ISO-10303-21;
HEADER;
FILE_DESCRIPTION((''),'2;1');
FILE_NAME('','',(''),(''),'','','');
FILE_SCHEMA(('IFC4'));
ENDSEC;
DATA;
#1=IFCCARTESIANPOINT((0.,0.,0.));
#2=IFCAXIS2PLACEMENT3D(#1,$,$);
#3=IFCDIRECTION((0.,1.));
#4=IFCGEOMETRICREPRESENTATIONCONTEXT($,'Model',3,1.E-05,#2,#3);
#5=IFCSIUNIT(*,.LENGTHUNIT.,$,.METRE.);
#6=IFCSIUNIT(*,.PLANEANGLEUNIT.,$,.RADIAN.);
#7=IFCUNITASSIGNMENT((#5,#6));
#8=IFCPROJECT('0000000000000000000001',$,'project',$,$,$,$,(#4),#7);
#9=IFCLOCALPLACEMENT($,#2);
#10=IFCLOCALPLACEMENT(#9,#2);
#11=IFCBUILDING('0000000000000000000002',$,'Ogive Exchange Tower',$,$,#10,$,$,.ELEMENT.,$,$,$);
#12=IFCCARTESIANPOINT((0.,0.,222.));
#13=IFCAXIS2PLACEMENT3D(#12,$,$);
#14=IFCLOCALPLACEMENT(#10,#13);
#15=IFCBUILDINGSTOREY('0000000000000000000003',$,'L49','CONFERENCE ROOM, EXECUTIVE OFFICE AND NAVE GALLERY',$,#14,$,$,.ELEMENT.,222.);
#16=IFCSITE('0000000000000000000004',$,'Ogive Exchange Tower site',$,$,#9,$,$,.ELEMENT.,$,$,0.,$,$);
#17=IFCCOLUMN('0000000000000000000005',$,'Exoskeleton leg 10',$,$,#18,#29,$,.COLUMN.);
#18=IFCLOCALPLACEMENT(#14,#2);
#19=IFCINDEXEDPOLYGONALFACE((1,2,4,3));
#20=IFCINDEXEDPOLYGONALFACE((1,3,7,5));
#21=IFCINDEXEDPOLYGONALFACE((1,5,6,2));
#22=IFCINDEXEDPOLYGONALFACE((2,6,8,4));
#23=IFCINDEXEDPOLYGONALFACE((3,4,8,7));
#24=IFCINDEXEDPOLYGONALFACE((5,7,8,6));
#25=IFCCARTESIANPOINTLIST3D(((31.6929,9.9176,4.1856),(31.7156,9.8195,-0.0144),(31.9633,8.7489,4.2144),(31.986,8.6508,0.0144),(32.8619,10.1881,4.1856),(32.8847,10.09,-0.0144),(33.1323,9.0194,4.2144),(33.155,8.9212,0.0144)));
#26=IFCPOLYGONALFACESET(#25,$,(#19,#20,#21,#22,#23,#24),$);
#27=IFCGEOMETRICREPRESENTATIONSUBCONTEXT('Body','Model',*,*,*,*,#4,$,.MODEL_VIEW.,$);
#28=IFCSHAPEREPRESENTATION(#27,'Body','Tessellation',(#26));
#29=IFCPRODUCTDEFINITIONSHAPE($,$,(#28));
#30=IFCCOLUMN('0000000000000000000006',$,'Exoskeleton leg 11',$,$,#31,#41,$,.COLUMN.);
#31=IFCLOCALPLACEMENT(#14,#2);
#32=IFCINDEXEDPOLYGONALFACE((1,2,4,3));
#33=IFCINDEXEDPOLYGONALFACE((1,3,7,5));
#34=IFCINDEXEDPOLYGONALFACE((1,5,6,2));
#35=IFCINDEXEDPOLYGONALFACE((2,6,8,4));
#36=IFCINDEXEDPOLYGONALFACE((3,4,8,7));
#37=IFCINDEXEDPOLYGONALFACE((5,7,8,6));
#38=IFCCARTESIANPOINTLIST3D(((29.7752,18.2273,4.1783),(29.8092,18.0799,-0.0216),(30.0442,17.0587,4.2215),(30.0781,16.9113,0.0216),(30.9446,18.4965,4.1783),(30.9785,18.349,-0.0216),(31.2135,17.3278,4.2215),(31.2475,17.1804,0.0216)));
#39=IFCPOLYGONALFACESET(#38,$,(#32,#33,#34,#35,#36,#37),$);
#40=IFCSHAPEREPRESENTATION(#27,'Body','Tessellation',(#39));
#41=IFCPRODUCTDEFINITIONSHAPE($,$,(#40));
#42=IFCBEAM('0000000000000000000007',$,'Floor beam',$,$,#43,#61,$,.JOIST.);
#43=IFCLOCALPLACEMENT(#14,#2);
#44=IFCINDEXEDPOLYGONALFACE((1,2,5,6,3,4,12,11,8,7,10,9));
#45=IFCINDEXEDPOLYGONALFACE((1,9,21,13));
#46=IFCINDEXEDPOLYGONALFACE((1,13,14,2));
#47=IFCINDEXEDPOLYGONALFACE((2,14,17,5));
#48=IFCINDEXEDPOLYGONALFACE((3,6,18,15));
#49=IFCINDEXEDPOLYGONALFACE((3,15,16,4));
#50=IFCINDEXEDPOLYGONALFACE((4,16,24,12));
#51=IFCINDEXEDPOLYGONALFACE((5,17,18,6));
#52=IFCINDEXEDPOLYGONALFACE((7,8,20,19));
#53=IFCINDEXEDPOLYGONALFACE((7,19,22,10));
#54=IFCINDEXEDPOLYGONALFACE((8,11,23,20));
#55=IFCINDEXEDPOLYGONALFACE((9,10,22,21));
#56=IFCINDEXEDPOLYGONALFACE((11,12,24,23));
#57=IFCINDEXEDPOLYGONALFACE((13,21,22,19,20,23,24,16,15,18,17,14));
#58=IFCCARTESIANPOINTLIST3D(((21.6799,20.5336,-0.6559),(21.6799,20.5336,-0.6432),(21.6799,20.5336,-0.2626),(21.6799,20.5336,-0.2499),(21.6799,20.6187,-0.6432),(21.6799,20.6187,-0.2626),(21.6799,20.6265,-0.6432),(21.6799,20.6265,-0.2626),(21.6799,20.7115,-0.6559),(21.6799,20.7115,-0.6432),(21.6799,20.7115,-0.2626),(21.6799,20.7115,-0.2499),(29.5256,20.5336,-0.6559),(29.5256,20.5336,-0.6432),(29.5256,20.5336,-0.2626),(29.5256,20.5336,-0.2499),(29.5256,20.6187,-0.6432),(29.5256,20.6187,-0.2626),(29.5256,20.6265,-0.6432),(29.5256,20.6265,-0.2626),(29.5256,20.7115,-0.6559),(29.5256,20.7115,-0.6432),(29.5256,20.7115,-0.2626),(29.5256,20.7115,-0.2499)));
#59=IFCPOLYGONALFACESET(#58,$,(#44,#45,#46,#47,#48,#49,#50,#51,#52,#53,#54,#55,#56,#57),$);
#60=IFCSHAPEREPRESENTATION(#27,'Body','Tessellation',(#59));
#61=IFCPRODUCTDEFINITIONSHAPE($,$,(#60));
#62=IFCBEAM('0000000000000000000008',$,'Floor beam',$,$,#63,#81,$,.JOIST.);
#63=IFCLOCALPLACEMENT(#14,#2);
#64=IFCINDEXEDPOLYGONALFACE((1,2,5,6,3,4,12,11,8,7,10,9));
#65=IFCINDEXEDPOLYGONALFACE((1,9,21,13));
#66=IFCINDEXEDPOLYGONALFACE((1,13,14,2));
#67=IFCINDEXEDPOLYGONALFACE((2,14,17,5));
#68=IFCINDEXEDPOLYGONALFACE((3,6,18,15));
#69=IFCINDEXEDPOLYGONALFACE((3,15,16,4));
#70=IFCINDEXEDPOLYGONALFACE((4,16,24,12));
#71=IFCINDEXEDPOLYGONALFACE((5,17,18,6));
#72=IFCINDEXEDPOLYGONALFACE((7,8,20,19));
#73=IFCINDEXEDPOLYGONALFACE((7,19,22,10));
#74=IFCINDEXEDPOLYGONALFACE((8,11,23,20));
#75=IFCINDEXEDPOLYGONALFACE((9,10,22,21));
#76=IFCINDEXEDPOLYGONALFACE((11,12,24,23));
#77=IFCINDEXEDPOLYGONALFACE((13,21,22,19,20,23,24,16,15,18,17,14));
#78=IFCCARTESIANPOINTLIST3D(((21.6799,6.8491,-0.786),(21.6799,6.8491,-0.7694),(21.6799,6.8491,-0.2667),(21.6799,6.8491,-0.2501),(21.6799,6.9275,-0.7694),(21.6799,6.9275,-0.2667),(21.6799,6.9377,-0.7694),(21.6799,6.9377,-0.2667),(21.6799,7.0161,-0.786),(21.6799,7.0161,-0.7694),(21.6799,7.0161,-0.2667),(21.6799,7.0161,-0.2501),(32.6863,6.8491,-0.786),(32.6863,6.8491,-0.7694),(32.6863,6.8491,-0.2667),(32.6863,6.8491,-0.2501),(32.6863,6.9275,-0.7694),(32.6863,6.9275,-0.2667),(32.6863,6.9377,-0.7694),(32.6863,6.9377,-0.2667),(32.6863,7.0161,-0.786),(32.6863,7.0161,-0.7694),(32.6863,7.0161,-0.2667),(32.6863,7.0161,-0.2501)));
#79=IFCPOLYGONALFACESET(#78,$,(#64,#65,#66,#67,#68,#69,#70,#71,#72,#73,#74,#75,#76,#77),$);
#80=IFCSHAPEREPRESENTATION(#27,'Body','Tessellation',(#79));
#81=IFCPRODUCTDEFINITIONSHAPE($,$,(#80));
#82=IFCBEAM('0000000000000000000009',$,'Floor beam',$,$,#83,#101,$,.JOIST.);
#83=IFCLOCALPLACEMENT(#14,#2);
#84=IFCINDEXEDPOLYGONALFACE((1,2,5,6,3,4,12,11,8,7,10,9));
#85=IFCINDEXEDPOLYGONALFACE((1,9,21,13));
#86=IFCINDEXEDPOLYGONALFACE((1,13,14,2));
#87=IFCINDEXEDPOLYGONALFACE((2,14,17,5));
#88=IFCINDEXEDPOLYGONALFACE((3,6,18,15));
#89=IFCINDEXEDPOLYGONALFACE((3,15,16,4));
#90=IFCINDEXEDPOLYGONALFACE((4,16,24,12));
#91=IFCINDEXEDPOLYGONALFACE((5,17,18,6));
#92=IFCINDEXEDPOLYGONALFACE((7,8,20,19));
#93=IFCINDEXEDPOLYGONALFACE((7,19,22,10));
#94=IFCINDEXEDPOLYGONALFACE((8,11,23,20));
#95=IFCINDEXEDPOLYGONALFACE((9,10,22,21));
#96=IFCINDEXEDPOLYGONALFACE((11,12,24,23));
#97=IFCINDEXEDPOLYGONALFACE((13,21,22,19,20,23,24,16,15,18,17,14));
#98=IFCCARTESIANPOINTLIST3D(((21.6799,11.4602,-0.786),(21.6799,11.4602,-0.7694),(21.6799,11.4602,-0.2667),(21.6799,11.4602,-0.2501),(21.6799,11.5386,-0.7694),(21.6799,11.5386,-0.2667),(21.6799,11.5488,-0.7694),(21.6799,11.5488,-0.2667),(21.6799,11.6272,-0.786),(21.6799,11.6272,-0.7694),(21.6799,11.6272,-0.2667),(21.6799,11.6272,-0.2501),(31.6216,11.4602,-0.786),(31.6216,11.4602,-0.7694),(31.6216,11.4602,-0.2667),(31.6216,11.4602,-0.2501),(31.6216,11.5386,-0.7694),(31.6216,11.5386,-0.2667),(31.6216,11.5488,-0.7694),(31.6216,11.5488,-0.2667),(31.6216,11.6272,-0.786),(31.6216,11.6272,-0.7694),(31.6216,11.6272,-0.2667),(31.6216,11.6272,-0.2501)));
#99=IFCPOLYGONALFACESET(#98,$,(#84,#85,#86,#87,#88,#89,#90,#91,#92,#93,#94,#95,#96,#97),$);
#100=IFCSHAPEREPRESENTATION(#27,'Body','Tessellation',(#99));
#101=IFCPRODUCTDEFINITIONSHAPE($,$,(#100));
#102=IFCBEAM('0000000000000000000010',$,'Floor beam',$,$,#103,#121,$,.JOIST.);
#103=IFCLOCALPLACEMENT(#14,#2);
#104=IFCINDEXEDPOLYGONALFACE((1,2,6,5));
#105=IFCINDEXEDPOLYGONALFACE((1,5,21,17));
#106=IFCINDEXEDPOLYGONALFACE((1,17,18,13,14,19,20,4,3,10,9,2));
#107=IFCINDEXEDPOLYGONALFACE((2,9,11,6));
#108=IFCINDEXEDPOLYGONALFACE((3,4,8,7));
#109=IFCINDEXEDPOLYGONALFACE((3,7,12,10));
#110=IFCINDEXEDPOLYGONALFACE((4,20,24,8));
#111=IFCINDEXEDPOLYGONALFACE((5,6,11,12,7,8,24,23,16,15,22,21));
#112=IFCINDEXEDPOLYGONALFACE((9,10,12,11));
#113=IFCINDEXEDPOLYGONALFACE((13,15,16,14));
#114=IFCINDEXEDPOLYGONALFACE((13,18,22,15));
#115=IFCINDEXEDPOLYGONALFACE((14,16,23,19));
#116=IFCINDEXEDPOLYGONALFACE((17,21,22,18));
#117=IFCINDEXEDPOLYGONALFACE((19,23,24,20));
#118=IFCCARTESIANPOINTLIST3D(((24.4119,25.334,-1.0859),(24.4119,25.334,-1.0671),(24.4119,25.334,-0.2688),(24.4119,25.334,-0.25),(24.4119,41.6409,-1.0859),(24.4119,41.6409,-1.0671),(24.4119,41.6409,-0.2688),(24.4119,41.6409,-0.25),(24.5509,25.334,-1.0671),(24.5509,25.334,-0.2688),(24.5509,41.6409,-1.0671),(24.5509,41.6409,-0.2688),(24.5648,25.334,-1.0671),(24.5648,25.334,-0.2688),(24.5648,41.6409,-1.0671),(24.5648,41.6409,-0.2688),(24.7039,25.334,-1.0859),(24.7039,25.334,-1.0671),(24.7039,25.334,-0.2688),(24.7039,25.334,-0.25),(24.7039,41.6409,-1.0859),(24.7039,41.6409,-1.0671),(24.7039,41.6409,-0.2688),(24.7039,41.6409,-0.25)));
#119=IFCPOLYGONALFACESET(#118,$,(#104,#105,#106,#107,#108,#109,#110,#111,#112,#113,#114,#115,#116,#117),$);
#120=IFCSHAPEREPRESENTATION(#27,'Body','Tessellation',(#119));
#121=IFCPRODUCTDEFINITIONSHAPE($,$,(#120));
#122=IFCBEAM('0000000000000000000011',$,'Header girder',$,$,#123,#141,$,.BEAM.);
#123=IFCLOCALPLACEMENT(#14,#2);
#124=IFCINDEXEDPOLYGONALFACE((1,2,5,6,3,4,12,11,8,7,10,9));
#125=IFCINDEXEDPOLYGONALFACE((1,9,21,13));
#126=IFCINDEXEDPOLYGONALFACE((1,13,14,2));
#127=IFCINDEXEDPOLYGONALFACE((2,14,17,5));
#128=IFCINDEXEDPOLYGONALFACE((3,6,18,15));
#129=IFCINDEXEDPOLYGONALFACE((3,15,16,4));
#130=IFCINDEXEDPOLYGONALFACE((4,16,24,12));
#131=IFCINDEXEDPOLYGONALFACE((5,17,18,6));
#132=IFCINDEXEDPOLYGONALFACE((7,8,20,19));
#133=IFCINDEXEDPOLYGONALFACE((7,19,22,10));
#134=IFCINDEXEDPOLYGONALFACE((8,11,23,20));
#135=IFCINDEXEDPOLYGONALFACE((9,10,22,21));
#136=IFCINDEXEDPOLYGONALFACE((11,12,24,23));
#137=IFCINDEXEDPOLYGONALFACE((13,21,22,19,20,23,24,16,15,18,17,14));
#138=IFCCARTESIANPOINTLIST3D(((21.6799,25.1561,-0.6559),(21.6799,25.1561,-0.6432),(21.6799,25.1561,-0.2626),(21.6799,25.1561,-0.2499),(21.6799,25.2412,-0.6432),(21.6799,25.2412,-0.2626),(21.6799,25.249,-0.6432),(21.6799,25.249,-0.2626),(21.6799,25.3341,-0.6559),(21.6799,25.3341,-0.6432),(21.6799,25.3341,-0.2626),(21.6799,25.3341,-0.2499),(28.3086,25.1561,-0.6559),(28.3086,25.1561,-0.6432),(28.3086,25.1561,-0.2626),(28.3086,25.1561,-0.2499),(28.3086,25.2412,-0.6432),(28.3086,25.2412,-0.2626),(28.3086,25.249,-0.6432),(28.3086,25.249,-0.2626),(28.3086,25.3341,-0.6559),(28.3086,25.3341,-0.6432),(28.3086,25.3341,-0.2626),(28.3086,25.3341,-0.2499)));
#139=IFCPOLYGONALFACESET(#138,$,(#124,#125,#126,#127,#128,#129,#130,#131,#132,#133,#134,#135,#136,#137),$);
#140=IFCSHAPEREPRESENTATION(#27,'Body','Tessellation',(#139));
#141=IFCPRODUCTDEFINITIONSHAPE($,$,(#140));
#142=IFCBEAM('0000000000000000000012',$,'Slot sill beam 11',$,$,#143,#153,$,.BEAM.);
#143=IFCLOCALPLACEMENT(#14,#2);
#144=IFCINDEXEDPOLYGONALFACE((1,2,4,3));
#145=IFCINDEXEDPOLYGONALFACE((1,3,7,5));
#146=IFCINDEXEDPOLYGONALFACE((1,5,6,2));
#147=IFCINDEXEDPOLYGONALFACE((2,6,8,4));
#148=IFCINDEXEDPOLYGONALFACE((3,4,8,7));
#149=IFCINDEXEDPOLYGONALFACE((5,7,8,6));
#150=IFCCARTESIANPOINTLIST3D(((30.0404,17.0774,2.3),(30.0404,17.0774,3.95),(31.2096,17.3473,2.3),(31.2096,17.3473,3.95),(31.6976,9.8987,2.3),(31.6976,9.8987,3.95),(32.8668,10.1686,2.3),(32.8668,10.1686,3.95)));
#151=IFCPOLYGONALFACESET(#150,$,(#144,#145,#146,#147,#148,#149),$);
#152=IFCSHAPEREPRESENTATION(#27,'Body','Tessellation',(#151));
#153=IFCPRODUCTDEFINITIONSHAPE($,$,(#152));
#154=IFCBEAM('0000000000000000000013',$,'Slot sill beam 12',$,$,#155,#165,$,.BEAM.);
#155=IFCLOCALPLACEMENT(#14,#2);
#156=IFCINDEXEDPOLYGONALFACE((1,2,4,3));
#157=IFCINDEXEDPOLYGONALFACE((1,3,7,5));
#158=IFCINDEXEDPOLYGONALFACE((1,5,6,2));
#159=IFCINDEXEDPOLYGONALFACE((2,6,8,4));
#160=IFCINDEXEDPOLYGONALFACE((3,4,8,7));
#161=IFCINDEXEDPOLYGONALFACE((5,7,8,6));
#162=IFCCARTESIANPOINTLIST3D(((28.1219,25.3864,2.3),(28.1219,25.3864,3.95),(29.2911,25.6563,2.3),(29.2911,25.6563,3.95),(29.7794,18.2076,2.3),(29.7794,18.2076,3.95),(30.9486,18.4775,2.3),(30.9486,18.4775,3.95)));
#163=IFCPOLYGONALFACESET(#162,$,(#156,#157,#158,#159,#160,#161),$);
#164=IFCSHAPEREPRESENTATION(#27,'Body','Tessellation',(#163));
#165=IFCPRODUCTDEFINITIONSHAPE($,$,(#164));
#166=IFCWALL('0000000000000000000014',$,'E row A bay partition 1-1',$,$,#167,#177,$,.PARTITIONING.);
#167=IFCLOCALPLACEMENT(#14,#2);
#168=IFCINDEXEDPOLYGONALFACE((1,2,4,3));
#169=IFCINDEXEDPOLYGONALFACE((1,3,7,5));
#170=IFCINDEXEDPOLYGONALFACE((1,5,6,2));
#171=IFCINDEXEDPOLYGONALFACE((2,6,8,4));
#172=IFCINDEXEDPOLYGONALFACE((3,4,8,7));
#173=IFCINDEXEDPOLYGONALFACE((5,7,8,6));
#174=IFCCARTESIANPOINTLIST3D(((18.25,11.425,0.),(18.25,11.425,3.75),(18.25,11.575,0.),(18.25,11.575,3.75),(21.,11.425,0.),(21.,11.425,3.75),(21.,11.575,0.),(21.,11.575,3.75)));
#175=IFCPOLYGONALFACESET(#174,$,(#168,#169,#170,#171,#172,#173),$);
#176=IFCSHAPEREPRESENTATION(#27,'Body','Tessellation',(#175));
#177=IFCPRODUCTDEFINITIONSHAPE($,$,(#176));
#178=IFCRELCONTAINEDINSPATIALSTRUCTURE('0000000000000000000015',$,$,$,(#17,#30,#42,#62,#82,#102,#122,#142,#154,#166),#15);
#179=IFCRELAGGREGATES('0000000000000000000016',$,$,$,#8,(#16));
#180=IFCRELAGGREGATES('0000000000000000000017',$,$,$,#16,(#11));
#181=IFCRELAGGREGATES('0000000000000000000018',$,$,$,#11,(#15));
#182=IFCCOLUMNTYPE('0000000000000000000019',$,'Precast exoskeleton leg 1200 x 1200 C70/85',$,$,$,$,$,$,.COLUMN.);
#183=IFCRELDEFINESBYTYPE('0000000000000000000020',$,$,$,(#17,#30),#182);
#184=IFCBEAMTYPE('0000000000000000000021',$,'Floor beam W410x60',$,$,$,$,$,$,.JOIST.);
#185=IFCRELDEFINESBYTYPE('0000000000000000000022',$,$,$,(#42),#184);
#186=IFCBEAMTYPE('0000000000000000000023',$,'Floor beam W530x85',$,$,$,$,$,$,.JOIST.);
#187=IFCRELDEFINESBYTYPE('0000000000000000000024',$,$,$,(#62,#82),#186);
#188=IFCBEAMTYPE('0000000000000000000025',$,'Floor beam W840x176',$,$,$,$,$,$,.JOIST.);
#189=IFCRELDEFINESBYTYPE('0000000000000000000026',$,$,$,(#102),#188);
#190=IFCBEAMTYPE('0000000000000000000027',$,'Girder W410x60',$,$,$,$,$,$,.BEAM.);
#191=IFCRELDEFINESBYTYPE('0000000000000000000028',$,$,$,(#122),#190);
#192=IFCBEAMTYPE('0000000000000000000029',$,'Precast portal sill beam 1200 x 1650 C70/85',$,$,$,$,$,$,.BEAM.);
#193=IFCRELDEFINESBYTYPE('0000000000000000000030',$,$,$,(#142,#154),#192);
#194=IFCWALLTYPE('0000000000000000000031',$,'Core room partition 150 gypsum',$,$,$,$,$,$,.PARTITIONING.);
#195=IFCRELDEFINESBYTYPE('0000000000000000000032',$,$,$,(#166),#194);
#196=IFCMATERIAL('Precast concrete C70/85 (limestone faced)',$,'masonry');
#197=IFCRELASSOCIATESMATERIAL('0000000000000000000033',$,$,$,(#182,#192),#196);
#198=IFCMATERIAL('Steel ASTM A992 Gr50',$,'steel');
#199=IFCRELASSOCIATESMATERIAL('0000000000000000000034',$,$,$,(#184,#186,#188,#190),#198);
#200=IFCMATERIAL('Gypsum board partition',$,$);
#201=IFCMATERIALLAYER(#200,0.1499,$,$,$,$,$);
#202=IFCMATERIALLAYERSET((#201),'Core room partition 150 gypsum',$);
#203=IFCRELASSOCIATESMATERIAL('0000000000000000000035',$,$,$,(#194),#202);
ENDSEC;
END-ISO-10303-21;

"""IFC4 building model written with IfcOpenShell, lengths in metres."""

from ifc_helpers import new_model, si_unit, direction, frame, frame_2d, origin, origin_2d, place, context, subcontext, project, spatial, rectangle, i_section, extrude, material, layer, layer_set, material_profile, profile_set, type_object, element, save


model = new_model("IFC4")

# Units and contexts
model_context = context("Model", 3, precision=1e-05, world=origin(), true_north=direction((0.0, 1.0)))
body_context = subcontext(model_context, "Body", "Model", "MODEL_VIEW")
ifc_project = project(units=[si_unit("LENGTHUNIT", "METRE"), si_unit("PLANEANGLEUNIT", "RADIAN")], contexts=[model_context])

# Site, building, storey
site_placement = place(None, origin())
site = spatial("IfcSite", under=ifc_project, at=site_placement, Name="Ogive Exchange Tower site", CompositionType="ELEMENT", RefElevation=0.0)
building_placement = place(site_placement, origin())
building = spatial("IfcBuilding", under=site, at=building_placement, Name="Ogive Exchange Tower", CompositionType="ELEMENT")
storey_placement = place(building_placement, frame((0.0, 0.0, 222.0)))
storey = spatial("IfcBuildingStorey", under=building, at=storey_placement, Name="L49", Description="CONFERENCE ROOM, EXECUTIVE OFFICE AND NAVE GALLERY", CompositionType="ELEMENT", Elevation=222.0)

# Columns
ifc_material_1 = material(Name="Precast concrete C70/85 (limestone faced)", Category="masonry")
ifc_material_profile_1 = material_profile(ifc_material_1, rectangle(XDim=1.2, YDim=1.2, at=origin_2d()), Name="1200 x 1200")
ifc_profile_set_1 = profile_set([ifc_material_profile_1], Name="Precast concrete C70/85 (limestone faced)")
column_type = type_object("IfcColumnType", Name="Precast exoskeleton leg 1200 x 1200 C70/85", PredefinedType="COLUMN", material=ifc_profile_set_1)
column_1_placement = place(storey_placement, frame((32.4353, 9.3704, 0.0), z_axis=(-0.005404, 0.023361, 0.999712), x_axis=(-0.974269, -0.22539, 0.0)))
element("IfcColumn", 1, at=column_1_placement, inside=storey, type_object=column_type, Name="Exoskeleton leg 10", PredefinedType="COLUMN", context=body_context, shape_type="SweptSolid", body=[
    extrude(rectangle(XDim=1.2, YDim=1.2, at=origin_2d()), origin(), (0.0, 0.0, 1.0), 4.2012),
])
column_2_placement = place(storey_placement, frame((30.5283, 17.6301, 0.0), z_axis=(-0.008075, 0.035087, 0.999352), x_axis=(-0.974527, -0.22427, 0.0)))
element("IfcColumn", 2, at=column_2_placement, inside=storey, type_object=column_type, Name="Exoskeleton leg 11", PredefinedType="COLUMN", context=body_context, shape_type="SweptSolid", body=[
    extrude(rectangle(XDim=1.2, YDim=1.2, at=origin_2d()), origin(), (0.0, 0.0, 1.0), 4.2026),
])

# Beams
ifc_material_2 = material(Name="Steel ASTM A992 Gr50", Category="steel")
ifc_material_profile_2 = material_profile(ifc_material_2, i_section(OverallWidth=0.178, OverallDepth=0.406, WebThickness=0.0078, FlangeThickness=0.0127, at=origin_2d()), Name="W410x60")
ifc_profile_set_2 = profile_set([ifc_material_profile_2], Name="Steel ASTM A992 Gr50")
beam_type_1 = type_object("IfcBeamType", Name="Floor beam W410x60", PredefinedType="JOIST", material=ifc_profile_set_2)
beam_1_placement = place(storey_placement, frame((21.6799, 20.6226, -0.4529), z_axis=(1.0, 0.0, 0.0), x_axis=(0.0, 1.0, 0.0)))
element("IfcBeam", 3, at=beam_1_placement, inside=storey, type_object=beam_type_1, Name="Floor beam", PredefinedType="JOIST", context=body_context, shape_type="SweptSolid", body=[
    extrude(i_section(OverallWidth=0.178, OverallDepth=0.406, WebThickness=0.0078, FlangeThickness=0.0127, at=origin_2d()), origin(), (0.0, 0.0, 1.0), 7.8457),
])
ifc_material_profile_3 = material_profile(ifc_material_2, i_section(OverallWidth=0.167, OverallDepth=0.5359, WebThickness=0.0103, FlangeThickness=0.0166, at=origin_2d()), Name="W530x85")
ifc_profile_set_3 = profile_set([ifc_material_profile_3], Name="Steel ASTM A992 Gr50")
beam_type_2 = type_object("IfcBeamType", Name="Floor beam W530x85", PredefinedType="JOIST", material=ifc_profile_set_3)
beam_2_placement = place(storey_placement, frame((21.6799, 6.9326, -0.5181), z_axis=(1.0, 0.0, 0.0), x_axis=(0.0, 1.0, 0.0)))
element("IfcBeam", 4, at=beam_2_placement, inside=storey, type_object=beam_type_2, Name="Floor beam", PredefinedType="JOIST", context=body_context, shape_type="SweptSolid", body=[
    extrude(i_section(OverallWidth=0.167, OverallDepth=0.5359, WebThickness=0.0103, FlangeThickness=0.0166, at=origin_2d()), origin(), (0.0, 0.0, 1.0), 11.0063),
])
beam_3_placement = place(storey_placement, frame((21.6799, 11.5437, -0.5181), z_axis=(1.0, 0.0, 0.0), x_axis=(0.0, 1.0, 0.0)))
element("IfcBeam", 5, at=beam_3_placement, inside=storey, type_object=beam_type_2, Name="Floor beam", PredefinedType="JOIST", context=body_context, shape_type="SweptSolid", body=[
    extrude(i_section(OverallWidth=0.167, OverallDepth=0.5359, WebThickness=0.0103, FlangeThickness=0.0166, at=origin_2d()), origin(), (0.0, 0.0, 1.0), 9.9417),
])
ifc_material_profile_4 = material_profile(ifc_material_2, i_section(OverallWidth=0.292, OverallDepth=0.8359, WebThickness=0.0139, FlangeThickness=0.0188, at=origin_2d()), Name="W840x176")
ifc_profile_set_4 = profile_set([ifc_material_profile_4], Name="Steel ASTM A992 Gr50")
beam_type_3 = type_object("IfcBeamType", Name="Floor beam W840x176", PredefinedType="JOIST", material=ifc_profile_set_4)
beam_4_placement = place(storey_placement, frame((24.5579, 25.334, -0.668), z_axis=(0.0, 1.0, 0.0), x_axis=(-1.0, 0.0, 0.0)))
element("IfcBeam", 6, at=beam_4_placement, inside=storey, type_object=beam_type_3, Name="Floor beam", PredefinedType="JOIST", context=body_context, shape_type="SweptSolid", body=[
    extrude(i_section(OverallWidth=0.292, OverallDepth=0.8359, WebThickness=0.0139, FlangeThickness=0.0188, at=origin_2d()), origin(), (0.0, 0.0, 1.0), 16.3069),
])
ifc_material_profile_5 = material_profile(ifc_material_2, i_section(OverallWidth=0.178, OverallDepth=0.406, WebThickness=0.0078, FlangeThickness=0.0127, at=origin_2d()), Name="W410x60")
ifc_profile_set_5 = profile_set([ifc_material_profile_5], Name="Steel ASTM A992 Gr50")
beam_type_4 = type_object("IfcBeamType", Name="Girder W410x60", PredefinedType="BEAM", material=ifc_profile_set_5)
beam_5_placement = place(storey_placement, frame((21.6799, 25.2451, -0.4529), z_axis=(1.0, 0.0, 0.0), x_axis=(0.0, 1.0, 0.0)))
element("IfcBeam", 7, at=beam_5_placement, inside=storey, type_object=beam_type_4, Name="Header girder", PredefinedType="BEAM", context=body_context, shape_type="SweptSolid", body=[
    extrude(i_section(OverallWidth=0.178, OverallDepth=0.406, WebThickness=0.0078, FlangeThickness=0.0127, at=origin_2d()), origin(), (0.0, 0.0, 1.0), 6.6287),
])
ifc_material_profile_6 = material_profile(ifc_material_1, rectangle(XDim=1.2, YDim=1.6499, at=origin_2d()), Name="1200 x 1650")
ifc_profile_set_6 = profile_set([ifc_material_profile_6], Name="Precast concrete C70/85 (limestone faced)")
beam_type_5 = type_object("IfcBeamType", Name="Precast portal sill beam 1200 x 1650 C70/85", PredefinedType="BEAM", material=ifc_profile_set_6)
beam_6_placement = place(storey_placement, frame((32.2822, 10.0337, 3.125), z_axis=(-0.224937, 0.974373, 0.0), x_axis=(-0.974373, -0.224937, 0.0)))
element("IfcBeam", 8, at=beam_6_placement, inside=storey, type_object=beam_type_5, Name="Slot sill beam 11", PredefinedType="BEAM", context=body_context, shape_type="SweptSolid", body=[
    extrude(rectangle(XDim=1.2, YDim=1.6499, at=origin_2d()), origin(), (0.0, 0.0, 1.0), 7.3674),
])
beam_7_placement = place(storey_placement, frame((30.364, 18.3425, 3.125), z_axis=(-0.224968, 0.974366, 0.0), x_axis=(-0.974366, -0.224968, 0.0)))
element("IfcBeam", 9, at=beam_7_placement, inside=storey, type_object=beam_type_5, Name="Slot sill beam 12", PredefinedType="BEAM", context=body_context, shape_type="SweptSolid", body=[
    extrude(rectangle(XDim=1.2, YDim=1.6499, at=origin_2d()), origin(), (0.0, 0.0, 1.0), 7.3677),
])

# Wall
ifc_material_3 = material(Name="Gypsum board partition")
ifc_layer_1 = layer(ifc_material_3, 0.1499)
ifc_layer_set_1 = layer_set([ifc_layer_1], Name="Core room partition 150 gypsum")
wall_type_1 = type_object("IfcWallType", Name="Core room partition 150 gypsum", PredefinedType="PARTITIONING", material=ifc_layer_set_1)
wall_1_placement = place(storey_placement, frame((18.25, 11.5, 0.0), z_axis=(0.0, 0.0, 1.0), x_axis=(1.0, 0.0, 0.0)))
element("IfcWall", 10, at=wall_1_placement, inside=storey, type_object=wall_type_1, Name="E row A bay partition 1-1", PredefinedType="PARTITIONING", context=body_context, shape_type="SweptSolid", body=[
    extrude(rectangle(XDim=2.75, YDim=0.1499, at=frame_2d((1.375, 0.0))), origin(), (0.0, 0.0, 1.0), 3.75),
])

save(model, "model.ifc")
